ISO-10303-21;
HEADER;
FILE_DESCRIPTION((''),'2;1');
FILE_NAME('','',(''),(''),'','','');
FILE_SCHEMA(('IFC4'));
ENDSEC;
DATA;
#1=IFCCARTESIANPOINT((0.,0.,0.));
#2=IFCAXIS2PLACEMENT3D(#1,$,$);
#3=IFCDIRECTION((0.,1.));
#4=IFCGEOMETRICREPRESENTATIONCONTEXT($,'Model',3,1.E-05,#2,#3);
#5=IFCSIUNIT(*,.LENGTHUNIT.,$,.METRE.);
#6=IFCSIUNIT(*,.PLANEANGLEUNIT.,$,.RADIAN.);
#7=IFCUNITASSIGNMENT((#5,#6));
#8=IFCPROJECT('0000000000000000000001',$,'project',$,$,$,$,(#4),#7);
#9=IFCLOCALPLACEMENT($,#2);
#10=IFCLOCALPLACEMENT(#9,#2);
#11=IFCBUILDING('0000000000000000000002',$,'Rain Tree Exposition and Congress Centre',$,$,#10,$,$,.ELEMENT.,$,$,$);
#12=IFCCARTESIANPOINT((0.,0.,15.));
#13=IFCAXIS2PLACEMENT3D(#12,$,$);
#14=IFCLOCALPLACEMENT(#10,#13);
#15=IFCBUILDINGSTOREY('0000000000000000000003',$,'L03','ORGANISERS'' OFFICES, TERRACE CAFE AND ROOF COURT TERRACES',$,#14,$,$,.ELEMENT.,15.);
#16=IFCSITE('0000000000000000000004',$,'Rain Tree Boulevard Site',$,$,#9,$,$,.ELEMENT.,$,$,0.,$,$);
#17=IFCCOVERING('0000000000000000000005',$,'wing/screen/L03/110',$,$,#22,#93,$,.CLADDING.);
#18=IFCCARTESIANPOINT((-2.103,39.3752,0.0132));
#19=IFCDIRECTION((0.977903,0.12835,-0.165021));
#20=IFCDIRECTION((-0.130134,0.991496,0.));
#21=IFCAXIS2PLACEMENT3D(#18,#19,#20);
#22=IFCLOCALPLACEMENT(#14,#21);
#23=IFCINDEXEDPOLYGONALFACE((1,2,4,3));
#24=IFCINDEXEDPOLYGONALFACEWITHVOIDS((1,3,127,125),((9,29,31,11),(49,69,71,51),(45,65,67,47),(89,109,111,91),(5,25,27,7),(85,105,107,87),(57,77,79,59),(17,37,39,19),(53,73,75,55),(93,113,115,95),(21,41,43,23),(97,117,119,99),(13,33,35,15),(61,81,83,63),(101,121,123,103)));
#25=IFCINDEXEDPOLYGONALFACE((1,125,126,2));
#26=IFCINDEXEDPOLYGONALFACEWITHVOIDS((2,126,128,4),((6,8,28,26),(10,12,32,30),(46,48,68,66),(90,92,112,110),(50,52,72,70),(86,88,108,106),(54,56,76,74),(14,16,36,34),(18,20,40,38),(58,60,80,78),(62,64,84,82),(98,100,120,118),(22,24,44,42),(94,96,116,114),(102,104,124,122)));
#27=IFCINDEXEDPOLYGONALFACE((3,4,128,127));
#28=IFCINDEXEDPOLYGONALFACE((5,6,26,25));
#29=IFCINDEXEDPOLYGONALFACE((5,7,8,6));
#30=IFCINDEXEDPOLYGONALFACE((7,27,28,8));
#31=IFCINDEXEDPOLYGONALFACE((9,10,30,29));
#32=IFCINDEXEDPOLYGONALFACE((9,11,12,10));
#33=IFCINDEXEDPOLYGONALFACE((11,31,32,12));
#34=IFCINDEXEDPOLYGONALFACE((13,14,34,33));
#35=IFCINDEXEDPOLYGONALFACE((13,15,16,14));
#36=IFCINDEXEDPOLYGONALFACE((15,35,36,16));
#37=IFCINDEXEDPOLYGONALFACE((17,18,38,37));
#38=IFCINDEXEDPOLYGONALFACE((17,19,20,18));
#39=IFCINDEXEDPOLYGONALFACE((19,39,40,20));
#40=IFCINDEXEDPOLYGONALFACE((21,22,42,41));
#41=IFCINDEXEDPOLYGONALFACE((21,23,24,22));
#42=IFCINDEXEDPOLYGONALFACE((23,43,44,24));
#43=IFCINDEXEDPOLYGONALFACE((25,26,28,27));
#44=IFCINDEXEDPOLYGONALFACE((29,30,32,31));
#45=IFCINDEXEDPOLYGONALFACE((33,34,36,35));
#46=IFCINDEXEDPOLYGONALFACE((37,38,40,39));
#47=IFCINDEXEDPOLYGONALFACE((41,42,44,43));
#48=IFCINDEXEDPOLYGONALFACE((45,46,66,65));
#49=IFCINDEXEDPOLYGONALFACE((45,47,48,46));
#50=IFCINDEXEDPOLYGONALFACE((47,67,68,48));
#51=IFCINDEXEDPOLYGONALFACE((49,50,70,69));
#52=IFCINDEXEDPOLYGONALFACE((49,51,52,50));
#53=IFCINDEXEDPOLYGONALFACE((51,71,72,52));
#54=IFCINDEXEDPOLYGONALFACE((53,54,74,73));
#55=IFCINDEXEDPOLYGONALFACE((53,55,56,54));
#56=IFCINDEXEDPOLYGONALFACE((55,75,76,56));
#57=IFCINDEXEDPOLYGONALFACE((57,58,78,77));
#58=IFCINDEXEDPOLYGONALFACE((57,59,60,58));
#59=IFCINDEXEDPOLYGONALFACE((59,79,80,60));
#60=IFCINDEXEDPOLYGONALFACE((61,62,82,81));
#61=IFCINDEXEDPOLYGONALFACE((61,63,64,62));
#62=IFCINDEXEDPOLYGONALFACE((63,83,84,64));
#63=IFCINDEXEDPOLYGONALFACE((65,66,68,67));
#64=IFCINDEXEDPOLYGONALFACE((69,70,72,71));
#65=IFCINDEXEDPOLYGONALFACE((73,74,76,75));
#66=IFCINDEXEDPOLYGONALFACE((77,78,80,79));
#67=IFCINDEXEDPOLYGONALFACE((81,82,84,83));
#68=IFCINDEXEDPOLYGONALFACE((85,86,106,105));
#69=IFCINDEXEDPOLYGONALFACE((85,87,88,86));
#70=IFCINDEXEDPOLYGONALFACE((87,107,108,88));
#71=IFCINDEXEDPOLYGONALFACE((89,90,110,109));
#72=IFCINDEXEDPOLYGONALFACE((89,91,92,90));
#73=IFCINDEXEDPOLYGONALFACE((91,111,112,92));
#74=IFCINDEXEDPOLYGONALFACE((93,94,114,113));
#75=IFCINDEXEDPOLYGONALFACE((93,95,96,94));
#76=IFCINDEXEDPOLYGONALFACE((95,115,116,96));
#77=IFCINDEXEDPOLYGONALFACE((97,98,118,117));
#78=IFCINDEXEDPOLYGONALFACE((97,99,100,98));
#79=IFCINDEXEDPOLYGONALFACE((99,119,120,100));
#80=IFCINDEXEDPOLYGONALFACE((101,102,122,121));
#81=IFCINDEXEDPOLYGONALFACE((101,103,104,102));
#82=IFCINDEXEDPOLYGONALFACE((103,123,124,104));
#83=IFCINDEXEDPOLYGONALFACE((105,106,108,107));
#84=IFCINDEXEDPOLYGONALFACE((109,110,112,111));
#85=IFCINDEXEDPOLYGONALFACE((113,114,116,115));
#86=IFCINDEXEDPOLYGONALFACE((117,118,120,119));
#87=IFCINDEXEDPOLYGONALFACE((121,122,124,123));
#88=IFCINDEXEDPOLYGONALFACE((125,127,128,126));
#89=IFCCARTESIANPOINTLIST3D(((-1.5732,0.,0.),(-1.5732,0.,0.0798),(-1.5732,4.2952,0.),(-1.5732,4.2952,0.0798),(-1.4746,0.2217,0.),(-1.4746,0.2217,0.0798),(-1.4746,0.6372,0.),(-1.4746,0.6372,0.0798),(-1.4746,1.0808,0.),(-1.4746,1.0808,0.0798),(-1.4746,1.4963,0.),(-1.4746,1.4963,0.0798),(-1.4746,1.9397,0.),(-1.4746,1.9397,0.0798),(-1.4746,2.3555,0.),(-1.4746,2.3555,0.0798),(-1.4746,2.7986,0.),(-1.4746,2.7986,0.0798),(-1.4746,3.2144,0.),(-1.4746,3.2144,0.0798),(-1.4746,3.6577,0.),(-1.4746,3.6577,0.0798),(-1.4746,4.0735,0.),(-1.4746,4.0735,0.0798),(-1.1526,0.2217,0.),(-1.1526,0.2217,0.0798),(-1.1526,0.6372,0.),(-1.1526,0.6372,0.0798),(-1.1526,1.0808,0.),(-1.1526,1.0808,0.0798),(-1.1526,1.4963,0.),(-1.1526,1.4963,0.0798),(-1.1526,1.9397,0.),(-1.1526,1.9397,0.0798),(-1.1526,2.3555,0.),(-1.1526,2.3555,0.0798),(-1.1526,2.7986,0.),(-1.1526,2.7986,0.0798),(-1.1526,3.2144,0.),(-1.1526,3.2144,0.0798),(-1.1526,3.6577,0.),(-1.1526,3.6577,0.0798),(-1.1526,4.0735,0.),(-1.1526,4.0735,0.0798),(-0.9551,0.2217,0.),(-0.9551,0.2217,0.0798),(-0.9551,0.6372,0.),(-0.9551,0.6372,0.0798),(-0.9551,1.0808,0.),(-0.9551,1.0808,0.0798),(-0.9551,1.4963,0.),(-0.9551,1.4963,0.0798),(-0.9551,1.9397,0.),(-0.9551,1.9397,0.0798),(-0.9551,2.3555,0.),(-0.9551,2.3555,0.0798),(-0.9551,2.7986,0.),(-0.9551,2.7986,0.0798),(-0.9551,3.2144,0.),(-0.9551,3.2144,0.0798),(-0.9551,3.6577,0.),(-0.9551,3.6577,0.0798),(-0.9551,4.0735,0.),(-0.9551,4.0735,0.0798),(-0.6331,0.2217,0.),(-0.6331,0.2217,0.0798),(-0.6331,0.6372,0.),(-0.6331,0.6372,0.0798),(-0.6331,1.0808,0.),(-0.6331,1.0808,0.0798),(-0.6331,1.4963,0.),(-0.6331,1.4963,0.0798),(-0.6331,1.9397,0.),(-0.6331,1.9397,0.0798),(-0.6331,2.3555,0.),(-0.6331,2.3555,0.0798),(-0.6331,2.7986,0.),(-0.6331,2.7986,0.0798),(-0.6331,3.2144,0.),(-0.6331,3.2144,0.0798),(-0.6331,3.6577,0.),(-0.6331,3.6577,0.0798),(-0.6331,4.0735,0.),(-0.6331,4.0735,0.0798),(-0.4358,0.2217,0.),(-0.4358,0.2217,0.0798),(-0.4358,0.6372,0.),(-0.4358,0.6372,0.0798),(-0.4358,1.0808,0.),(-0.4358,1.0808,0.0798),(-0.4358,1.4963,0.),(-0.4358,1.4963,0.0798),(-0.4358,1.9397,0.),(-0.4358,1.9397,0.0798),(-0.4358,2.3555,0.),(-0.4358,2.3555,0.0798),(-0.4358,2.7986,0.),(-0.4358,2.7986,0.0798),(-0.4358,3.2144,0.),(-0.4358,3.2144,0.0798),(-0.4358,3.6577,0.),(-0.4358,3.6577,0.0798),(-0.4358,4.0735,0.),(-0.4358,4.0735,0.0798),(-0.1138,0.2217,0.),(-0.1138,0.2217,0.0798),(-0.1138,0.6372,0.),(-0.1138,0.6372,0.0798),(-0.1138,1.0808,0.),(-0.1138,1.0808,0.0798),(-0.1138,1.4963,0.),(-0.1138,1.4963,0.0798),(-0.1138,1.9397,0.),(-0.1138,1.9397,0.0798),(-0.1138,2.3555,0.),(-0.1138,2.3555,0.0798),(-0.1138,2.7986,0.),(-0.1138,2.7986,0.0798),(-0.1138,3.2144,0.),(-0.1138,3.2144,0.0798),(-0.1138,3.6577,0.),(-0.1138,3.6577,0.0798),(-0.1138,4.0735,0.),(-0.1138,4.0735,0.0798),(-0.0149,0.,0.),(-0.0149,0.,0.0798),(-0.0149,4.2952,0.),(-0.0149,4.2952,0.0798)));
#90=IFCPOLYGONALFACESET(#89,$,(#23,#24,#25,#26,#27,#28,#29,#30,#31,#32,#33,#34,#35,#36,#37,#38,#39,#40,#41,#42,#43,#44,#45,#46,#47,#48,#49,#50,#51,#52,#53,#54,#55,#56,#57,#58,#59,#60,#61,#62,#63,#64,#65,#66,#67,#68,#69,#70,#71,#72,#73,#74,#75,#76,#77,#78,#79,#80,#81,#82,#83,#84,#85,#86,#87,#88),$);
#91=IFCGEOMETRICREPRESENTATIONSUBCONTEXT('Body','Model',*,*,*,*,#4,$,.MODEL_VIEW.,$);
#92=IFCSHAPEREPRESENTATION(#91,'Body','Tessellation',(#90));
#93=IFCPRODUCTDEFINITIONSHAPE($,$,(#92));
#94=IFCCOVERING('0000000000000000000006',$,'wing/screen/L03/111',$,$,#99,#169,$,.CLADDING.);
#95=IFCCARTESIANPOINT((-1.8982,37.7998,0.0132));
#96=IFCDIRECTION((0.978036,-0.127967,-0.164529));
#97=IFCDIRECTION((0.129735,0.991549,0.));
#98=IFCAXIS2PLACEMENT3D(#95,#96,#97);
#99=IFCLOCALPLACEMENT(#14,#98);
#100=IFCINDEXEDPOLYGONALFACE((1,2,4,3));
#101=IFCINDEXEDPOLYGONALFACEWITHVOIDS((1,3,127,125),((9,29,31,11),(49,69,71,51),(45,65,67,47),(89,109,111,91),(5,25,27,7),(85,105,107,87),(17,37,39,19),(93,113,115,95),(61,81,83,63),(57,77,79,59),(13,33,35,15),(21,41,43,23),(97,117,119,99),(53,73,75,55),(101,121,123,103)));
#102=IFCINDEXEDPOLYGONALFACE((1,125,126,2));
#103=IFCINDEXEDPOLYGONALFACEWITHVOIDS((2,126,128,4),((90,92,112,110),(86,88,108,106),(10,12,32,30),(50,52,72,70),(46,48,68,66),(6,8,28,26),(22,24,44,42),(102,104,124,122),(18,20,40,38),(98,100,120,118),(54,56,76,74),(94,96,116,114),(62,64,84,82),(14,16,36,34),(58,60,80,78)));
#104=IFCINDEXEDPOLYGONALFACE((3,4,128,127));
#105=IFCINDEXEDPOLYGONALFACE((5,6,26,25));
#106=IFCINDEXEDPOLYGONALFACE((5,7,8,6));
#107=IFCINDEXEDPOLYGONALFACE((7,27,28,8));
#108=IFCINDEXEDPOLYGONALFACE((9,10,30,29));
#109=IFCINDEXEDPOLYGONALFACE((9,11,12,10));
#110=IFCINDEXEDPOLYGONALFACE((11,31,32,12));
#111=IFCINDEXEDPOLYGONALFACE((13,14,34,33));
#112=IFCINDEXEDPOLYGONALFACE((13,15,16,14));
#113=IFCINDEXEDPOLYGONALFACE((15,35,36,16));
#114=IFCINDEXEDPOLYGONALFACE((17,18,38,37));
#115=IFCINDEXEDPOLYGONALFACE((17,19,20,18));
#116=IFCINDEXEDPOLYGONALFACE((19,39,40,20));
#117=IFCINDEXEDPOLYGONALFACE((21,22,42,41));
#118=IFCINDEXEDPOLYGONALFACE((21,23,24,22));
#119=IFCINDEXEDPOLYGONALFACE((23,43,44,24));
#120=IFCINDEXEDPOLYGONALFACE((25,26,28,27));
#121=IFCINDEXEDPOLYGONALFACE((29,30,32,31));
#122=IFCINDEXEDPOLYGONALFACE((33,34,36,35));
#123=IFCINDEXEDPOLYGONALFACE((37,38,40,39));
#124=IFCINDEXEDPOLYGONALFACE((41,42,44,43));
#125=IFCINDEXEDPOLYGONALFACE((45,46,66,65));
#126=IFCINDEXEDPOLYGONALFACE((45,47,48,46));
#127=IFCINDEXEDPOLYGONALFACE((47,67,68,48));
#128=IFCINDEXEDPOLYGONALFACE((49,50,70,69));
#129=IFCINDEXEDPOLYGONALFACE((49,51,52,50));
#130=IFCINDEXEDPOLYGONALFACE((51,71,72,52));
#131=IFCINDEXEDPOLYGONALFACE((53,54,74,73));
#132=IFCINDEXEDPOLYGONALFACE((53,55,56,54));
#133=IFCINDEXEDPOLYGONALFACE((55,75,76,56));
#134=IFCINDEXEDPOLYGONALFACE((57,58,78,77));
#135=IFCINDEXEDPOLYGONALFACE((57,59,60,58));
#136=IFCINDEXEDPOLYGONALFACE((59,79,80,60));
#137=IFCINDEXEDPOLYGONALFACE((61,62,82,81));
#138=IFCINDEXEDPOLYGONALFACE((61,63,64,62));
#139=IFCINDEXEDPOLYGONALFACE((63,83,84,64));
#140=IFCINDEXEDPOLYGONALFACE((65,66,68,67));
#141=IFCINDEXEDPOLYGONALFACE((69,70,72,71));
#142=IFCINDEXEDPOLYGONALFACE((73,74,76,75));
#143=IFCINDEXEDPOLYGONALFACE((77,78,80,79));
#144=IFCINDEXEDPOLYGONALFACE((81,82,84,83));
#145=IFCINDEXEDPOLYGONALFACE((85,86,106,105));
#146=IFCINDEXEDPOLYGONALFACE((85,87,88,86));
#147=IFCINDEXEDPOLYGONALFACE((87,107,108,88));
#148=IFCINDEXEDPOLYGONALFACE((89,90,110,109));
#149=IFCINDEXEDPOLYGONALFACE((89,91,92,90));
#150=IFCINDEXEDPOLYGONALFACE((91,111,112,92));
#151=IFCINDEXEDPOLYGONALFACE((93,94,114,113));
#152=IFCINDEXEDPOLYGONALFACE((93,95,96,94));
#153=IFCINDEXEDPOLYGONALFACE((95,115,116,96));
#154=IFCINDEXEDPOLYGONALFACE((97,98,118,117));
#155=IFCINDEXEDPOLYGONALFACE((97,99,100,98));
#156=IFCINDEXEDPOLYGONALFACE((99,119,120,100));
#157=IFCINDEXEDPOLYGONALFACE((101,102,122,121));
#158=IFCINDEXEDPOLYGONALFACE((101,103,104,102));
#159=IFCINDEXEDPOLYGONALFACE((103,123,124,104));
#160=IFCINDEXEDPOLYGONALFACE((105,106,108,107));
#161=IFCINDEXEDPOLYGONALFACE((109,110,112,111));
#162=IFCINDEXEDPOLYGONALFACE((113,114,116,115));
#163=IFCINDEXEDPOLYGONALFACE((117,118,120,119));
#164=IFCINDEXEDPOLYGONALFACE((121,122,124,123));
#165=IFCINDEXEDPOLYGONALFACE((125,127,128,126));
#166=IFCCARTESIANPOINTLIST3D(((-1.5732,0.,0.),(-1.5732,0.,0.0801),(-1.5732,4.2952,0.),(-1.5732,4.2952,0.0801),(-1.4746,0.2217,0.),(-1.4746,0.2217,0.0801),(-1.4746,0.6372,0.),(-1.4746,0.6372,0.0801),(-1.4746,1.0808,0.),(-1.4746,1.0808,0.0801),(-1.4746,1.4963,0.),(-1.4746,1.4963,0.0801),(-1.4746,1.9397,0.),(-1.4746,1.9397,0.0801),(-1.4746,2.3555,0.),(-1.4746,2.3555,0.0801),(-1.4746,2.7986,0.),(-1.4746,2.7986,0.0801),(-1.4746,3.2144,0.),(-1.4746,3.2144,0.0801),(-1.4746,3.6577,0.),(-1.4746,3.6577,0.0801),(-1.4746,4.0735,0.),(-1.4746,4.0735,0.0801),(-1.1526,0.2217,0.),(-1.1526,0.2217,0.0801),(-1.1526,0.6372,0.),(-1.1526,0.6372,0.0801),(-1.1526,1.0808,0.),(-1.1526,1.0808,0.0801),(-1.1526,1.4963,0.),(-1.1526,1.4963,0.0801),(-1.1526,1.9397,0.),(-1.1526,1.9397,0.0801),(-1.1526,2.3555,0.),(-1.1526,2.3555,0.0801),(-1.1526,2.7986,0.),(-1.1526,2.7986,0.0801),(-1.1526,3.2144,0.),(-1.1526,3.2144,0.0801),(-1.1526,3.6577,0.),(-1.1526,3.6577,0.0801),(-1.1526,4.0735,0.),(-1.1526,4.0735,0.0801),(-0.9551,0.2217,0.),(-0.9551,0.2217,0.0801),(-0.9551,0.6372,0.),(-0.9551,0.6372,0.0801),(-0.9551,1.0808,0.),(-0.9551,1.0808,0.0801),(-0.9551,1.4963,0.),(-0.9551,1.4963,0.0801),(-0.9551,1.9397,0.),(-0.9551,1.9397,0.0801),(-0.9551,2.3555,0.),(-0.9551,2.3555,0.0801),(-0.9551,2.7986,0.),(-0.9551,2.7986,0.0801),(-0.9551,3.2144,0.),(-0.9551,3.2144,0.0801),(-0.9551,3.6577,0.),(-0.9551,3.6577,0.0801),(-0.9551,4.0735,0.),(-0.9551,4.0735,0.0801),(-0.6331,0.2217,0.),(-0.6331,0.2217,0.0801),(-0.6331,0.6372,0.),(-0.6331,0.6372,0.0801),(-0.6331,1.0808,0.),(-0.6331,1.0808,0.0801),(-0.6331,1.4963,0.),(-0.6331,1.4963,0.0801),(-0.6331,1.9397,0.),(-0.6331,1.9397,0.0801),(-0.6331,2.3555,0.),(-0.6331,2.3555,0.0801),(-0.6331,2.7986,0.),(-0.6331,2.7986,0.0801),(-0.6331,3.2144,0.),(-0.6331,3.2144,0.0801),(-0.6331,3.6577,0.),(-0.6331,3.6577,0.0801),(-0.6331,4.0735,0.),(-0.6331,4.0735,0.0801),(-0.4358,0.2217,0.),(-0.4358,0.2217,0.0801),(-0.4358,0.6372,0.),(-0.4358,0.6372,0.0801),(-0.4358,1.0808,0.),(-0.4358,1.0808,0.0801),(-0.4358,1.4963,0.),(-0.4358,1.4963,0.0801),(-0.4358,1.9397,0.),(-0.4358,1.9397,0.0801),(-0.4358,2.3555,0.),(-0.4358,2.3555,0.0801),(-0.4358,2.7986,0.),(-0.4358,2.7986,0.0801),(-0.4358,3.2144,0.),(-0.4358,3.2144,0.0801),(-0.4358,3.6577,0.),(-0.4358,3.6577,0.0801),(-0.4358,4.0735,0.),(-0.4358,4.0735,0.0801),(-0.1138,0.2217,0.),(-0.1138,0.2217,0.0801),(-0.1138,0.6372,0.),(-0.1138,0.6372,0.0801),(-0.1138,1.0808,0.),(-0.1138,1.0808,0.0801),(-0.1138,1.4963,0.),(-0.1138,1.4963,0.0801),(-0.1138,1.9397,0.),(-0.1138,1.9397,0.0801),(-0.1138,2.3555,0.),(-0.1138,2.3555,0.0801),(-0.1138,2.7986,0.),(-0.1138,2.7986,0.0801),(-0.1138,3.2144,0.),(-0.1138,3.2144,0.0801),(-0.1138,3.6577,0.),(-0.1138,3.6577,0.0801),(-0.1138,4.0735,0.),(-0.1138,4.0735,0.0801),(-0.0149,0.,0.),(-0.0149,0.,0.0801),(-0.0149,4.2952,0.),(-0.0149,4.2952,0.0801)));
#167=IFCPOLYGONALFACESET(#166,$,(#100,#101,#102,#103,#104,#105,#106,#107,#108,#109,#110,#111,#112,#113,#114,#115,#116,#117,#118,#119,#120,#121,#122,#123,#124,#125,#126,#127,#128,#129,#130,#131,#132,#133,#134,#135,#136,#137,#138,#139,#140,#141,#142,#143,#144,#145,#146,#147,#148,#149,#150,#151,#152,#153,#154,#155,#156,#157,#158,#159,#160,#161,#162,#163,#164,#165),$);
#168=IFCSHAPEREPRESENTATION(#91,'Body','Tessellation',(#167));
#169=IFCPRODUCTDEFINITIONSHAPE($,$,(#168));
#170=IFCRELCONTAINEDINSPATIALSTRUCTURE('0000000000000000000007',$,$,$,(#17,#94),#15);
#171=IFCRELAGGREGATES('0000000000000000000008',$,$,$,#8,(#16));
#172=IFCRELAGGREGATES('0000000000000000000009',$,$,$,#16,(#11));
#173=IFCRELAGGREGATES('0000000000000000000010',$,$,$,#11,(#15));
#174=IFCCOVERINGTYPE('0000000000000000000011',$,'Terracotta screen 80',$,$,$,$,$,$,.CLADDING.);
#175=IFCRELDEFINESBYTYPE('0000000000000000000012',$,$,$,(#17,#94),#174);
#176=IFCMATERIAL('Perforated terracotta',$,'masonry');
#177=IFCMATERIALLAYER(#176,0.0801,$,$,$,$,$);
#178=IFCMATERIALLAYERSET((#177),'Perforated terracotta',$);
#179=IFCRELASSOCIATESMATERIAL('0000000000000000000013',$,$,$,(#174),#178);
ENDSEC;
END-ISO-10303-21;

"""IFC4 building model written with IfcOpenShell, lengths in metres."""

from ifc_helpers import new_model, si_unit, direction, frame, origin, place, context, subcontext, project, spatial, polyline, outline, extrude, material, layer, layer_set, type_object, element, save


model = new_model("IFC4")

# Units and contexts
model_context = context("Model", 3, precision=1e-05, world=origin(), true_north=direction((0.0, 1.0)))
body_context = subcontext(model_context, "Body", "Model", "MODEL_VIEW")
ifc_project = project(units=[si_unit("LENGTHUNIT", "METRE"), si_unit("PLANEANGLEUNIT", "RADIAN")], contexts=[model_context])

# Site, building, storey
site_placement = place(None, origin())
site = spatial("IfcSite", under=ifc_project, at=site_placement, Name="Rain Tree Boulevard Site", CompositionType="ELEMENT", RefElevation=0.0)
building_placement = place(site_placement, origin())
building = spatial("IfcBuilding", under=site, at=building_placement, Name="Rain Tree Exposition and Congress Centre", CompositionType="ELEMENT")
storey_placement = place(building_placement, frame((0.0, 0.0, 15.0)))
storey = spatial("IfcBuildingStorey", under=building, at=storey_placement, Name="L03", Description="ORGANISERS' OFFICES, TERRACE CAFE AND ROOF COURT TERRACES", CompositionType="ELEMENT", Elevation=15.0)

# Coverings
ifc_material_1 = material(Name="Perforated terracotta", Category="masonry")
ifc_layer_1 = layer(ifc_material_1, 0.0801)
ifc_layer_set_1 = layer_set([ifc_layer_1], Name="Perforated terracotta")
covering_type = type_object("IfcCoveringType", Name="Terracotta screen 80", PredefinedType="CLADDING", material=ifc_layer_set_1)
covering_1_placement = place(storey_placement, frame((-2.103, 39.3752, 0.0132), z_axis=(0.977903, 0.12835, -0.165021), x_axis=(-0.130134, 0.991496, 0.0)))
element("IfcCovering", 1, at=covering_1_placement, inside=storey, type_object=covering_type, Name="wing/screen/L03/110", PredefinedType="CLADDING", context=body_context, shape_type="SweptSolid", body=[
    extrude(outline(polyline([(-1.5732, 0.0), (-1.5732, 4.2952), (-0.0149, 4.2952), (-0.0149, 0.0), (-1.5732, 0.0)]), holes=[polyline([(-0.1138, 0.2217), (-0.1138, 0.6372), (-0.4358, 0.6372), (-0.4358, 0.2217), (-0.1138, 0.2217)]), polyline([(-0.1138, 1.0808), (-0.1138, 1.4963), (-0.4358, 1.4963), (-0.4358, 1.0808), (-0.1138, 1.0808)]), polyline([(-0.1138, 1.9397), (-0.1138, 2.3555), (-0.4358, 2.3555), (-0.4358, 1.9397), (-0.1138, 1.9397)]), polyline([(-0.1138, 2.7986), (-0.1138, 3.2144), (-0.4358, 3.2144), (-0.4358, 2.7986), (-0.1138, 2.7986)]), polyline([(-0.1138, 3.6577), (-0.1138, 4.0735), (-0.4358, 4.0735), (-0.4358, 3.6577), (-0.1138, 3.6577)]), polyline([(-0.6331, 0.2217), (-0.6331, 0.6372), (-0.9551, 0.6372), (-0.9551, 0.2217), (-0.6331, 0.2217)]), polyline([(-0.6331, 1.0808), (-0.6331, 1.4963), (-0.9551, 1.4963), (-0.9551, 1.0808), (-0.6331, 1.0808)]), polyline([(-0.6331, 1.9397), (-0.6331, 2.3555), (-0.9551, 2.3555), (-0.9551, 1.9397), (-0.6331, 1.9397)]), polyline([(-0.6331, 2.7986), (-0.6331, 3.2144), (-0.9551, 3.2144), (-0.9551, 2.7986), (-0.6331, 2.7986)]), polyline([(-0.6331, 3.6577), (-0.6331, 4.0735), (-0.9551, 4.0735), (-0.9551, 3.6577), (-0.6331, 3.6577)]), polyline([(-1.1526, 0.2217), (-1.1526, 0.6372), (-1.4746, 0.6372), (-1.4746, 0.2217), (-1.1526, 0.2217)]), polyline([(-1.1526, 1.0808), (-1.1526, 1.4963), (-1.4746, 1.4963), (-1.4746, 1.0808), (-1.1526, 1.0808)]), polyline([(-1.1526, 1.9397), (-1.1526, 2.3555), (-1.4746, 2.3555), (-1.4746, 1.9397), (-1.1526, 1.9397)]), polyline([(-1.1526, 2.7986), (-1.1526, 3.2144), (-1.4746, 3.2144), (-1.4746, 2.7986), (-1.1526, 2.7986)]), polyline([(-1.1526, 3.6577), (-1.1526, 4.0735), (-1.4746, 4.0735), (-1.4746, 3.6577), (-1.1526, 3.6577)])]), origin(), (0.0, 0.0, 1.0), 0.0798),
])
covering_2_placement = place(storey_placement, frame((-1.8982, 37.7998, 0.0132), z_axis=(0.978036, -0.127967, -0.164529), x_axis=(0.129735, 0.991549, 0.0)))
element("IfcCovering", 2, at=covering_2_placement, inside=storey, type_object=covering_type, Name="wing/screen/L03/111", PredefinedType="CLADDING", context=body_context, shape_type="SweptSolid", body=[
    extrude(outline(polyline([(-1.5732, 0.0), (-1.5732, 4.2952), (-0.0149, 4.2952), (-0.0149, 0.0), (-1.5732, 0.0)]), holes=[polyline([(-0.1138, 0.2217), (-0.1138, 0.6372), (-0.4358, 0.6372), (-0.4358, 0.2217), (-0.1138, 0.2217)]), polyline([(-0.1138, 1.0808), (-0.1138, 1.4963), (-0.4358, 1.4963), (-0.4358, 1.0808), (-0.1138, 1.0808)]), polyline([(-0.1138, 1.9397), (-0.1138, 2.3555), (-0.4358, 2.3555), (-0.4358, 1.9397), (-0.1138, 1.9397)]), polyline([(-0.1138, 2.7986), (-0.1138, 3.2144), (-0.4358, 3.2144), (-0.4358, 2.7986), (-0.1138, 2.7986)]), polyline([(-0.1138, 3.6577), (-0.1138, 4.0735), (-0.4358, 4.0735), (-0.4358, 3.6577), (-0.1138, 3.6577)]), polyline([(-0.6331, 0.2217), (-0.6331, 0.6372), (-0.9551, 0.6372), (-0.9551, 0.2217), (-0.6331, 0.2217)]), polyline([(-0.6331, 1.0808), (-0.6331, 1.4963), (-0.9551, 1.4963), (-0.9551, 1.0808), (-0.6331, 1.0808)]), polyline([(-0.6331, 1.9397), (-0.6331, 2.3555), (-0.9551, 2.3555), (-0.9551, 1.9397), (-0.6331, 1.9397)]), polyline([(-0.6331, 2.7986), (-0.6331, 3.2144), (-0.9551, 3.2144), (-0.9551, 2.7986), (-0.6331, 2.7986)]), polyline([(-0.6331, 3.6577), (-0.6331, 4.0735), (-0.9551, 4.0735), (-0.9551, 3.6577), (-0.6331, 3.6577)]), polyline([(-1.1526, 0.2217), (-1.1526, 0.6372), (-1.4746, 0.6372), (-1.4746, 0.2217), (-1.1526, 0.2217)]), polyline([(-1.1526, 1.0808), (-1.1526, 1.4963), (-1.4746, 1.4963), (-1.4746, 1.0808), (-1.1526, 1.0808)]), polyline([(-1.1526, 1.9397), (-1.1526, 2.3555), (-1.4746, 2.3555), (-1.4746, 1.9397), (-1.1526, 1.9397)]), polyline([(-1.1526, 2.7986), (-1.1526, 3.2144), (-1.4746, 3.2144), (-1.4746, 2.7986), (-1.1526, 2.7986)]), polyline([(-1.1526, 3.6577), (-1.1526, 4.0735), (-1.4746, 4.0735), (-1.4746, 3.6577), (-1.1526, 3.6577)])]), origin(), (0.0, 0.0, 1.0), 0.0801),
])

save(model, "model.ifc")
